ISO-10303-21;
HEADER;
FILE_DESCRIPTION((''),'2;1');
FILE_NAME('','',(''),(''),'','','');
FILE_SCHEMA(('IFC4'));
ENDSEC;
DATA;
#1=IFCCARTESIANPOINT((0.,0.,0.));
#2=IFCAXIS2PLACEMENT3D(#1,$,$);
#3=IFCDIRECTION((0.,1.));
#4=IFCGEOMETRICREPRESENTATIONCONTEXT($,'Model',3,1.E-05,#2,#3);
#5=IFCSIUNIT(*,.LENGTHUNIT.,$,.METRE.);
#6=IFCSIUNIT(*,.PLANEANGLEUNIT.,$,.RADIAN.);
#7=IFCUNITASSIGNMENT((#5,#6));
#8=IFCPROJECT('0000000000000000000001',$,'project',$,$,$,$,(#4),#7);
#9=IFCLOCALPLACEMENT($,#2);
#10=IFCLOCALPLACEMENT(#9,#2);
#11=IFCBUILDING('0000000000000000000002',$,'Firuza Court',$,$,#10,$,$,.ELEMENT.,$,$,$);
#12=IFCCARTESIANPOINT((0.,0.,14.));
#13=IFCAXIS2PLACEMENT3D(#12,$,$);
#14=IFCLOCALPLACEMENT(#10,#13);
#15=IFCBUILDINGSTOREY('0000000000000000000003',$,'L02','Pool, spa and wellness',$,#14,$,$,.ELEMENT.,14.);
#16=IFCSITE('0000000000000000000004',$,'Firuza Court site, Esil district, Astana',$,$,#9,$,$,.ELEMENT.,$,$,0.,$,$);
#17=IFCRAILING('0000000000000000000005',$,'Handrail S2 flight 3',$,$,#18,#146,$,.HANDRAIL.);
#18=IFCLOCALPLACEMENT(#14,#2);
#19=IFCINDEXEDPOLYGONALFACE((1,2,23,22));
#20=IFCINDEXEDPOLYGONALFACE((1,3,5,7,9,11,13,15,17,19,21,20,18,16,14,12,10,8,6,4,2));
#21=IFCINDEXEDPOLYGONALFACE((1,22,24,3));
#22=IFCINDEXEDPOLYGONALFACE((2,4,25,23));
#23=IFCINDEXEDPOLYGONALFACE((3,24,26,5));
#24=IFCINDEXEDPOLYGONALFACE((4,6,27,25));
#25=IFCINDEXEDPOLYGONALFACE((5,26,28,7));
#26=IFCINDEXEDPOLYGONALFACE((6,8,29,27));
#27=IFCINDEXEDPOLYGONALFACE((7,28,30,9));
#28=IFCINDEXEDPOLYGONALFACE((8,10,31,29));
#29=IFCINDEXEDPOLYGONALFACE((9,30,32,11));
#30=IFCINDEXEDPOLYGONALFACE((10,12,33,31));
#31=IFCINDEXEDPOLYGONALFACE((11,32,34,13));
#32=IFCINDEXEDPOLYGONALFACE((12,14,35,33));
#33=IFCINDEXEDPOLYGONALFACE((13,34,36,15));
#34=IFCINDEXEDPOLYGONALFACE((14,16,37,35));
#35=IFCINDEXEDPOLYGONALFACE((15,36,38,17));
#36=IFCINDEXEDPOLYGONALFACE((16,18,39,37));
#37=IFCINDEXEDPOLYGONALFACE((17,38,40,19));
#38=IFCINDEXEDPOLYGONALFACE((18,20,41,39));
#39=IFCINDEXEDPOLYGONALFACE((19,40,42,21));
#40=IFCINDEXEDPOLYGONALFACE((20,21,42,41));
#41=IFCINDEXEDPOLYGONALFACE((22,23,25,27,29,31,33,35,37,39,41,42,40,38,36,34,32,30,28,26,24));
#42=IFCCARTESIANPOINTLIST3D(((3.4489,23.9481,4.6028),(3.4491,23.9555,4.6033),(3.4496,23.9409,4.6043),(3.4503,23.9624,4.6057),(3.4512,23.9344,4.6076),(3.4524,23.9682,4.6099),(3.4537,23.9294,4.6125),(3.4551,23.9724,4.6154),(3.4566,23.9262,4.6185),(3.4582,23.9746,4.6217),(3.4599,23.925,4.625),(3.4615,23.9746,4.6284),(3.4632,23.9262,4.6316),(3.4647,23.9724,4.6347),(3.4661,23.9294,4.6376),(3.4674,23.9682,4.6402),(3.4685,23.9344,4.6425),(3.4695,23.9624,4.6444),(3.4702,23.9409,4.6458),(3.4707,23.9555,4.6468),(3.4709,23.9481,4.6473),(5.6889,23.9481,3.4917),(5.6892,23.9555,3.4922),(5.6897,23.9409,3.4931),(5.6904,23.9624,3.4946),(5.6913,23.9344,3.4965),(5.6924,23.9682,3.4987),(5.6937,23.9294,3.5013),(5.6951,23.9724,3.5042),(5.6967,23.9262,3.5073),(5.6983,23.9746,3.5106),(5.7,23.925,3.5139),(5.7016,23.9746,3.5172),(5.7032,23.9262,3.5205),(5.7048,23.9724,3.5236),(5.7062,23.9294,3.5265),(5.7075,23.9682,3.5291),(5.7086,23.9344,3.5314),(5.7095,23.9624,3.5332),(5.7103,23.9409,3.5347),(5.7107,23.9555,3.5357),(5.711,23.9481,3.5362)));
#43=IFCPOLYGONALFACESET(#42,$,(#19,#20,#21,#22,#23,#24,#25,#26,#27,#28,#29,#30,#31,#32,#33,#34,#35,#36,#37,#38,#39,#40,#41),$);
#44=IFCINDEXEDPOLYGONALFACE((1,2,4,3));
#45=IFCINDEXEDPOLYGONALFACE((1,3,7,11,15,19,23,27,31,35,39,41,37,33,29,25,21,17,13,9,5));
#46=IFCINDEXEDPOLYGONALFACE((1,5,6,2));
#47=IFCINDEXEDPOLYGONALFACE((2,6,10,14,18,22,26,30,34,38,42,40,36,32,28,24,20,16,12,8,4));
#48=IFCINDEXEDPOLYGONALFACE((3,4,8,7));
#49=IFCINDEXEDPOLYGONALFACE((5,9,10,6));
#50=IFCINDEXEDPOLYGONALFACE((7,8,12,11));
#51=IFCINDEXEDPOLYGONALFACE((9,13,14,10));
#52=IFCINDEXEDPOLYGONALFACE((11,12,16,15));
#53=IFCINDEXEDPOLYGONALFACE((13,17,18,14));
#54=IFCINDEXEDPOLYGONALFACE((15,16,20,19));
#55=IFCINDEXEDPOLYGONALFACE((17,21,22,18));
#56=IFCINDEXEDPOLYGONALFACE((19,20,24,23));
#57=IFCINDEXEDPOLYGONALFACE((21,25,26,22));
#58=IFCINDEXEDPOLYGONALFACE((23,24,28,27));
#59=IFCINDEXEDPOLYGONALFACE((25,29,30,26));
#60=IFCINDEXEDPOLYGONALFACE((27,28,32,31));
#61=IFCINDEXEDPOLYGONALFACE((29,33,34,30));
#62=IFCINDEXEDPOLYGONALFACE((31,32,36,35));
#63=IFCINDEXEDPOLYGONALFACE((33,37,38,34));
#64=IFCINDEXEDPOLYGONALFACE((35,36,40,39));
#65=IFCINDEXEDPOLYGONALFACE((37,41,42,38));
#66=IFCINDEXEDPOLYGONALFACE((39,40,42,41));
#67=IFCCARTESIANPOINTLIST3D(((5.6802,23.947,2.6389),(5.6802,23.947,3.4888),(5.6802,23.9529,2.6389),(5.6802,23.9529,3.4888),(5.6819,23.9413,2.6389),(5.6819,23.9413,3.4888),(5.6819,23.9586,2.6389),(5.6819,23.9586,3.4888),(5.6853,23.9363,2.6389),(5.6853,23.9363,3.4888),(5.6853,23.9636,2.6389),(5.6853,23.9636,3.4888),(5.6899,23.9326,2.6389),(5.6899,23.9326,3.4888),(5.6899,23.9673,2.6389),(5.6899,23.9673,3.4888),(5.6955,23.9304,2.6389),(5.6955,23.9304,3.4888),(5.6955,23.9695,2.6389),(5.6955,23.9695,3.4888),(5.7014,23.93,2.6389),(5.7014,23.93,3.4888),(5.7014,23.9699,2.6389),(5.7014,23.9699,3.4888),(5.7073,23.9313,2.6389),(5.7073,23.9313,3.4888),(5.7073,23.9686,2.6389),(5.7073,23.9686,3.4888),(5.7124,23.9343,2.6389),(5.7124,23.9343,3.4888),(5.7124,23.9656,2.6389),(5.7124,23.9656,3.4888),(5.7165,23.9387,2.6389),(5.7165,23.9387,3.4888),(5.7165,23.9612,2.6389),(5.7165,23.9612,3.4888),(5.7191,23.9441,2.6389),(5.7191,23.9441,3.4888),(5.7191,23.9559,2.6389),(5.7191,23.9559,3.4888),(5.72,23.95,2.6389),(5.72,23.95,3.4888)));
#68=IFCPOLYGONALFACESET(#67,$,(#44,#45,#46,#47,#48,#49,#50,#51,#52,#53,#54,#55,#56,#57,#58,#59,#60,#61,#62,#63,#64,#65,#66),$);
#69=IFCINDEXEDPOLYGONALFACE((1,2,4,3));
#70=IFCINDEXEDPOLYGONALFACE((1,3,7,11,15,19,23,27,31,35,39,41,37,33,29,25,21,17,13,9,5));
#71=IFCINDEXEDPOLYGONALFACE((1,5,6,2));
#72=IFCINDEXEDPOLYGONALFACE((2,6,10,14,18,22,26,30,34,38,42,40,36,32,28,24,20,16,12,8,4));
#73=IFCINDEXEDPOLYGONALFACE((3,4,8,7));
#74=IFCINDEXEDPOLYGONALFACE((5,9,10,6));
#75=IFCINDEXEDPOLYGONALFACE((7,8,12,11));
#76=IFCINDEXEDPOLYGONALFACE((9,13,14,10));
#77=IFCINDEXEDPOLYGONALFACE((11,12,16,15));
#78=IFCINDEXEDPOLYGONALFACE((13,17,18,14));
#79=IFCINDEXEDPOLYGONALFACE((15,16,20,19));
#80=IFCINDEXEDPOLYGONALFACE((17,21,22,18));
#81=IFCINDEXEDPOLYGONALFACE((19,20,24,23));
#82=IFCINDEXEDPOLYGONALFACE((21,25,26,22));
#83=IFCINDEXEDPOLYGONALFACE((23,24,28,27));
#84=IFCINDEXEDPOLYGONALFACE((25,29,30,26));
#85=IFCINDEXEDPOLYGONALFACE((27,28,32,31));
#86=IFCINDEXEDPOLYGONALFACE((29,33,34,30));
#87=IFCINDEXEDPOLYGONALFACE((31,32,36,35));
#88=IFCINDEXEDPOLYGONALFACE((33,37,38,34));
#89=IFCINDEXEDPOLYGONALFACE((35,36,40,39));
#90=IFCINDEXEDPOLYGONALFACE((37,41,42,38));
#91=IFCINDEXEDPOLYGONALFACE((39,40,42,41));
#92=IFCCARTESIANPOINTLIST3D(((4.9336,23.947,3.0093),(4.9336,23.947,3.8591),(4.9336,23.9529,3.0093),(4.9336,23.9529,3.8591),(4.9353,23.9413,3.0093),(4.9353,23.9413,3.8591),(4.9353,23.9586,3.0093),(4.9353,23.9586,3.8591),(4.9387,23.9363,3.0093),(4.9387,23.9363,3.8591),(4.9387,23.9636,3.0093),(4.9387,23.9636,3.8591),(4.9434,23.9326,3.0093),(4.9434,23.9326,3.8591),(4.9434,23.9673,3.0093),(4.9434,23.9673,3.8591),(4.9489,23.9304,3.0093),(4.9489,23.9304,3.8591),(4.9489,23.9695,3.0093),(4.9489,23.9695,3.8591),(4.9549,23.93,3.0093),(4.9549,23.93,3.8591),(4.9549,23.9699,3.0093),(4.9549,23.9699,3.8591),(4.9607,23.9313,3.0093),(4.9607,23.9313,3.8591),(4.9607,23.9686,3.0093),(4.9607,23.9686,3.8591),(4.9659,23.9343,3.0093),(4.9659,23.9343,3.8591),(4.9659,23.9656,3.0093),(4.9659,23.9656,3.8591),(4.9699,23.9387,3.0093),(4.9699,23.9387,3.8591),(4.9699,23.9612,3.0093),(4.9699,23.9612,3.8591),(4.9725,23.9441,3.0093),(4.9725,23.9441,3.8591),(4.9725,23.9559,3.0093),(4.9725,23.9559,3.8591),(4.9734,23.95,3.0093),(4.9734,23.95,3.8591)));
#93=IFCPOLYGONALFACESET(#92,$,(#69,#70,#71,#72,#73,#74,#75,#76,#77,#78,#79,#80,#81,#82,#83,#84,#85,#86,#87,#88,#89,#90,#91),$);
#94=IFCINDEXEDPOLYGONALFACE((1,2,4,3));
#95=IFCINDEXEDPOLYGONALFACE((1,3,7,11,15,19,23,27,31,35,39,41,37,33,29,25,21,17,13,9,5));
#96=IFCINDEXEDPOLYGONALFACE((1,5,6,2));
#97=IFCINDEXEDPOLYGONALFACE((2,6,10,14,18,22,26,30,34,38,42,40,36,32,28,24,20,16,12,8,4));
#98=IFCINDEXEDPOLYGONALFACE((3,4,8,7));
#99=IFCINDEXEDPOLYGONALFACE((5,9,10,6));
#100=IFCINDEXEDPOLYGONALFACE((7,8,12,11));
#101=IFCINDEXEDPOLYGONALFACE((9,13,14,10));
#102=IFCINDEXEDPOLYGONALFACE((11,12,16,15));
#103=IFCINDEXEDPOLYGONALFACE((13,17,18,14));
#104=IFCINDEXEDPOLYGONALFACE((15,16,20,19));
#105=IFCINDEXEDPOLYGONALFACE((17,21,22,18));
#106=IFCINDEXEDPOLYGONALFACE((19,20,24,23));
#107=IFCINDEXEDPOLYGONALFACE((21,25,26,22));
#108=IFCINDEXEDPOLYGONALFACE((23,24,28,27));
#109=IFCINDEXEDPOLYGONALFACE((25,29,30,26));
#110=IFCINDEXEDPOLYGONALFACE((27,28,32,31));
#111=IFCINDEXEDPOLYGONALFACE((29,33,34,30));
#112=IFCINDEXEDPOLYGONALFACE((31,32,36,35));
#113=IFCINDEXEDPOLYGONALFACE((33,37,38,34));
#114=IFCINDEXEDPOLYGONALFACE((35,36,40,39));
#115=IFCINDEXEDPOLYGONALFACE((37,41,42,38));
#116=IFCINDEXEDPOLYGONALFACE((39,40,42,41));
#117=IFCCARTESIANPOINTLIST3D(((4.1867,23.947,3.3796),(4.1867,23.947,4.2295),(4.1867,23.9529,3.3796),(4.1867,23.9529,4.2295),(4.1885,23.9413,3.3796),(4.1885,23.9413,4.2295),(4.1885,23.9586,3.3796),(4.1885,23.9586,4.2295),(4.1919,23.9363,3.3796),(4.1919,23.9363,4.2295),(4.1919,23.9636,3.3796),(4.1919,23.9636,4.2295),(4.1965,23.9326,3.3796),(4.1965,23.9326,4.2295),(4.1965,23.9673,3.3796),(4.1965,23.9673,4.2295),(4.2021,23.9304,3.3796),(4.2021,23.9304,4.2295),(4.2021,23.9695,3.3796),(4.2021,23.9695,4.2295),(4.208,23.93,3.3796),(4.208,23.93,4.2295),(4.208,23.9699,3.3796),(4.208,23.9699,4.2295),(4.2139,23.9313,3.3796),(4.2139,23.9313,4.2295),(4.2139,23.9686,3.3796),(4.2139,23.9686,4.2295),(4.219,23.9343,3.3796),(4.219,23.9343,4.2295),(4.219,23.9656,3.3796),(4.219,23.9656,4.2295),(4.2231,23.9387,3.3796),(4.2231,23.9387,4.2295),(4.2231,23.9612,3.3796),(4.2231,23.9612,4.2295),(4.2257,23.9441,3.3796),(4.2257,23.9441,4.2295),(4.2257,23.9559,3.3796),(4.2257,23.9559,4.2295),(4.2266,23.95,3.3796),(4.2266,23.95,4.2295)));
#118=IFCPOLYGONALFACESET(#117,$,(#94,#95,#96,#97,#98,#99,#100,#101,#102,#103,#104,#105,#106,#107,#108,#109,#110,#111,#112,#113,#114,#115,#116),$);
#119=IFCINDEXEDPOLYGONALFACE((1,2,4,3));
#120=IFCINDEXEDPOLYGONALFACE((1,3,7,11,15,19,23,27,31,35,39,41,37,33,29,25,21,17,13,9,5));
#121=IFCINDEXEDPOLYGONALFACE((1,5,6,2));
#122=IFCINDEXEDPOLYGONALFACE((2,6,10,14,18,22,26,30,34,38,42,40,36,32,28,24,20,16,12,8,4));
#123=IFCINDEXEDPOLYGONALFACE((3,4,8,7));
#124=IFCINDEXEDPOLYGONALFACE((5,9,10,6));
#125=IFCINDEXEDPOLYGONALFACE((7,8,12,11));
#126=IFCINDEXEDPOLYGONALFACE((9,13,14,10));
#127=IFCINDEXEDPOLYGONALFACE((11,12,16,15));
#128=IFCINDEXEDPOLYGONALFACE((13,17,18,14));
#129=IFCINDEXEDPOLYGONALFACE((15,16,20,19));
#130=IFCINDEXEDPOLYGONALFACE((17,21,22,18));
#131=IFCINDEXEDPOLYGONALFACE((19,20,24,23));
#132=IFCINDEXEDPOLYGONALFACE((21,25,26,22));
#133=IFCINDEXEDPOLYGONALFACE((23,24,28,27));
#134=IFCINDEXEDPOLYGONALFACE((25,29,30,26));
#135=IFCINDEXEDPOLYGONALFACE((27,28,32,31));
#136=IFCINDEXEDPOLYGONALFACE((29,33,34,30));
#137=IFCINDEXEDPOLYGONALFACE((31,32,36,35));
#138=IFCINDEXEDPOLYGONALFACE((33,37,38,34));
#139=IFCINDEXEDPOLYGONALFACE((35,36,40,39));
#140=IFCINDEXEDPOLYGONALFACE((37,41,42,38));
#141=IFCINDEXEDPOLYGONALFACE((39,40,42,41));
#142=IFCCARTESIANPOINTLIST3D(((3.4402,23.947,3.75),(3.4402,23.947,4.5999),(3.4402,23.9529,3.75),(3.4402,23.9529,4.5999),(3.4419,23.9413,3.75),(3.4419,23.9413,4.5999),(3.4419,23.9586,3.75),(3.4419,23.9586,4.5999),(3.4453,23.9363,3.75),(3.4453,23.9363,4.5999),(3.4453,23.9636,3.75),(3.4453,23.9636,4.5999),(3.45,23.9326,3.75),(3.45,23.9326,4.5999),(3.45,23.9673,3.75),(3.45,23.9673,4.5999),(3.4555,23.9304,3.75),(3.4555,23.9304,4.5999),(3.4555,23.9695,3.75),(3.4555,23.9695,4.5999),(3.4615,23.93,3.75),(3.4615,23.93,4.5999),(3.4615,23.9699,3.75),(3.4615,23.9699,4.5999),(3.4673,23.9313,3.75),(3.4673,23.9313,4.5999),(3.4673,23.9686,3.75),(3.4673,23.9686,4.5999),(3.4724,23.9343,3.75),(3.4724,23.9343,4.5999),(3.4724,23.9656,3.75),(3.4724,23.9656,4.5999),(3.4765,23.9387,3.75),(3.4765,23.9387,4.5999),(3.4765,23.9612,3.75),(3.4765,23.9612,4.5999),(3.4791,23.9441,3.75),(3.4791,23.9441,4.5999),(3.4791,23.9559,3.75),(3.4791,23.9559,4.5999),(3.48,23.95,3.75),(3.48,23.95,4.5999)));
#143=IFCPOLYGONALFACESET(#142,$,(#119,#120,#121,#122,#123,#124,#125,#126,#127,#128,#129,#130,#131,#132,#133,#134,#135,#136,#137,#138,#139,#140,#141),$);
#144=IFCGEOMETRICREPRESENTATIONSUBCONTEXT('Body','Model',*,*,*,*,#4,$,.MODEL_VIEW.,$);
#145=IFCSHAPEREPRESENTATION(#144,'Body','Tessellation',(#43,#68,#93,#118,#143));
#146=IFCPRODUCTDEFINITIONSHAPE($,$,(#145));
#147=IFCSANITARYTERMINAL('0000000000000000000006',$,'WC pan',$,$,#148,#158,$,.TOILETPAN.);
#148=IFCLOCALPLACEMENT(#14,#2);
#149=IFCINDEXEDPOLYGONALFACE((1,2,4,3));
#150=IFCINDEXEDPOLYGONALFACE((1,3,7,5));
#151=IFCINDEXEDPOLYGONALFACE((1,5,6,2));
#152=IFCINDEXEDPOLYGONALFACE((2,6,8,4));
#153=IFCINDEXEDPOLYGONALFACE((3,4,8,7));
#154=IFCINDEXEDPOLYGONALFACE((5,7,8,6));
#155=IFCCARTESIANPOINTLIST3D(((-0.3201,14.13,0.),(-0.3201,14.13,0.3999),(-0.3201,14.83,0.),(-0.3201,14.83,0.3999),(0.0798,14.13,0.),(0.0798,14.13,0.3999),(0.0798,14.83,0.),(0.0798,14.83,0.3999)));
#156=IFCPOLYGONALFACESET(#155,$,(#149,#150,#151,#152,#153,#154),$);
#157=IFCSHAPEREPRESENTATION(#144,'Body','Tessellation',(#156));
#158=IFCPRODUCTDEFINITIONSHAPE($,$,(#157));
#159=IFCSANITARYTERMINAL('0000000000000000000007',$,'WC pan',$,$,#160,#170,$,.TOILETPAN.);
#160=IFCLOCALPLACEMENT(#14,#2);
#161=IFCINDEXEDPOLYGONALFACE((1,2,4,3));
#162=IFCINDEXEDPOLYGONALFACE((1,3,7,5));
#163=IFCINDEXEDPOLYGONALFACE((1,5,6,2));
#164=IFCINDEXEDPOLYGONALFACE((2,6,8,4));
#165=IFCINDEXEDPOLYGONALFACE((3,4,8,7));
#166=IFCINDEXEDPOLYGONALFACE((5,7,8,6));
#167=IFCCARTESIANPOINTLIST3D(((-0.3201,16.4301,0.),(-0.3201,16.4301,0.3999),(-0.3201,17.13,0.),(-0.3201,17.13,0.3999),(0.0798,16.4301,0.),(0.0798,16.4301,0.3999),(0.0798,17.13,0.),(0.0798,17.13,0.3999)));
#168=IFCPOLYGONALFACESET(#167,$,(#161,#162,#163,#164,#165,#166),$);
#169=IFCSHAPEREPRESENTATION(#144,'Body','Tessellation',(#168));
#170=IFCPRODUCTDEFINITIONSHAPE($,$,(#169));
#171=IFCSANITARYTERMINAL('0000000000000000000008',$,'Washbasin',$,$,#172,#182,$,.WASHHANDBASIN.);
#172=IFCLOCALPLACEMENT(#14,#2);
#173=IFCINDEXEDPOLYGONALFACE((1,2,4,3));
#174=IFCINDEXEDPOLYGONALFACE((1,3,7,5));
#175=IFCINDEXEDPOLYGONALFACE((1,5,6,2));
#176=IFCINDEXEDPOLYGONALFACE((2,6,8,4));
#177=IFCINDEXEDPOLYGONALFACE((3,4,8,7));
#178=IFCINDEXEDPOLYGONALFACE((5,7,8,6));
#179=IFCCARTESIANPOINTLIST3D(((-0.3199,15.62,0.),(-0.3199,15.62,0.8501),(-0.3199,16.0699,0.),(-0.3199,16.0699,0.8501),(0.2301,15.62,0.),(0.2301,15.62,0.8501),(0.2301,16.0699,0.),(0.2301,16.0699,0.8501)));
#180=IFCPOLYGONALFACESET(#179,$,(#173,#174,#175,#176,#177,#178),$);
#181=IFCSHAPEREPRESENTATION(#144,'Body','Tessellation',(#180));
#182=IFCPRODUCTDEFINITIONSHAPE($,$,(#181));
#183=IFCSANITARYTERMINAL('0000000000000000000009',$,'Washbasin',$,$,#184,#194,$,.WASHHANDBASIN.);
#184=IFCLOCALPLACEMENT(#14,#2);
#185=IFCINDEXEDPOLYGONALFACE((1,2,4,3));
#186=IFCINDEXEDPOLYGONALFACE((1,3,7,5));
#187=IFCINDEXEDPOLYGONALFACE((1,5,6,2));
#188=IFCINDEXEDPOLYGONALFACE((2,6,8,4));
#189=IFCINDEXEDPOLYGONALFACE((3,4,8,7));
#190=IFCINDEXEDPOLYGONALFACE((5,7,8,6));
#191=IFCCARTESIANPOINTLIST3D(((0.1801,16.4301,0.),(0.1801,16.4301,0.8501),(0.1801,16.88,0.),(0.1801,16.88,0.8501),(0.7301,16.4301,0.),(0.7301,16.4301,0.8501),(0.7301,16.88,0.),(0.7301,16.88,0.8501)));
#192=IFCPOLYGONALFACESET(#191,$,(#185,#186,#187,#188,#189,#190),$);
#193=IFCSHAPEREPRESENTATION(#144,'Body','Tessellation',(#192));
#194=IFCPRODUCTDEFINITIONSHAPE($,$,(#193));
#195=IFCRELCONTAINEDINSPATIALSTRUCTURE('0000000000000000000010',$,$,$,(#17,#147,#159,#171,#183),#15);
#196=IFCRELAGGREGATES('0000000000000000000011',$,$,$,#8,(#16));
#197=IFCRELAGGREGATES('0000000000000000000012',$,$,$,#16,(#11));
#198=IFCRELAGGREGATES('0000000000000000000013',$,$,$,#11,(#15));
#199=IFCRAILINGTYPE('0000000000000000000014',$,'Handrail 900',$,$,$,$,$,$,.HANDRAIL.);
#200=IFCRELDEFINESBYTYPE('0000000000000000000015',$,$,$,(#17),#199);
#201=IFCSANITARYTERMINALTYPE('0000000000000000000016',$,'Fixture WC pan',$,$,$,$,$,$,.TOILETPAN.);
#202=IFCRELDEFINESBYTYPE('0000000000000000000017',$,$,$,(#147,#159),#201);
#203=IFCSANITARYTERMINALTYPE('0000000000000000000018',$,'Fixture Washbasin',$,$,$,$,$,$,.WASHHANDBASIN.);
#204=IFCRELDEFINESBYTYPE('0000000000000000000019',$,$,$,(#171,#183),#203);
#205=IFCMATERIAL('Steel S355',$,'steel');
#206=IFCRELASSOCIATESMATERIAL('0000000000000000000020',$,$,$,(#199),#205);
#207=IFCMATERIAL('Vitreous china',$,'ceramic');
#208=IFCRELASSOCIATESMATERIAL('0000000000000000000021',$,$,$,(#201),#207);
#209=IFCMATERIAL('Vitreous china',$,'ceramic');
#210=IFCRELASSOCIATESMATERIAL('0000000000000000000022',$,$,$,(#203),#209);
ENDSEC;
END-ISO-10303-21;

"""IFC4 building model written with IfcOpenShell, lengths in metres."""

from ifc_helpers import new_model, si_unit, direction, frame, origin, origin_2d, place, context, subcontext, project, spatial, rectangle, circle, extrude, material, type_object, element, save


model = new_model("IFC4")

# Units and contexts
model_context = context("Model", 3, precision=1e-05, world=origin(), true_north=direction((0.0, 1.0)))
body_context = subcontext(model_context, "Body", "Model", "MODEL_VIEW")
ifc_project = project(units=[si_unit("LENGTHUNIT", "METRE"), si_unit("PLANEANGLEUNIT", "RADIAN")], contexts=[model_context])

# Site, building, storey
site_placement = place(None, origin())
site = spatial("IfcSite", under=ifc_project, at=site_placement, Name="Firuza Court site, Esil district, Astana", CompositionType="ELEMENT", RefElevation=0.0)
building_placement = place(site_placement, origin())
building = spatial("IfcBuilding", under=site, at=building_placement, Name="Firuza Court", CompositionType="ELEMENT")
storey_placement = place(building_placement, frame((0.0, 0.0, 14.0)))
storey = spatial("IfcBuildingStorey", under=building, at=storey_placement, Name="L02", Description="Pool, spa and wellness", CompositionType="ELEMENT", Elevation=14.0)

# Railing
ifc_material_1 = material(Name="Steel S355", Category="steel")
railing_type = type_object("IfcRailingType", Name="Handrail 900", PredefinedType="HANDRAIL", material=ifc_material_1)
for number, where, name in (
    (1, (5.7, 23.95, 2.6389), "Handrail S2 flight 3"),
):
    element("IfcRailing", number, at=place(storey_placement, frame(where)), inside=storey, type_object=railing_type, Name=name, PredefinedType="HANDRAIL", context=body_context, shape_type="SweptSolid", body=[
        extrude(circle(Radius=0.0249, at=origin_2d()), frame((0.0, 0.0, 0.875), z_axis=(-0.895848, 0.0, 0.44436), x_axis=(0.0, -1.0, 0.0)), (0.0, 0.0, 1.0), 2.5005),
        extrude(circle(Radius=0.02, at=origin_2d()), origin(), (0.0, 0.0, 1.0), 0.8499),
        extrude(circle(Radius=0.02, at=origin_2d()), frame((-0.7466, 0.0, 0.3704)), (0.0, 0.0, 1.0), 0.8499),
        extrude(circle(Radius=0.02, at=origin_2d()), frame((-1.4934, 0.0, 0.7407)), (0.0, 0.0, 1.0), 0.8499),
        extrude(circle(Radius=0.02, at=origin_2d()), frame((-2.24, 0.0, 1.1111)), (0.0, 0.0, 1.0), 0.8499),
    ])

# Sanitary terminals
ifc_material_2 = material(Name="Vitreous china", Category="ceramic")
sanitary_terminal_type_1 = type_object("IfcSanitaryTerminalType", Name="Fixture WC pan", PredefinedType="TOILETPAN", material=ifc_material_2)
for number, where, z_axis, x_axis, name in (
    (2, (-0.1201, 14.48, 0.0), (0.0, 0.0, 1.0), (1.0, 0.0, 0.0), "WC pan"),
    (3, (-0.1201, 16.78, 0.0), (0.0, 0.0, 1.0), (1.0, 0.0, 0.0), "WC pan"),
):
    element("IfcSanitaryTerminal", number, at=place(storey_placement, frame(where, z_axis=z_axis, x_axis=x_axis)), inside=storey, type_object=sanitary_terminal_type_1, Name=name, PredefinedType="TOILETPAN", context=body_context, shape_type="SweptSolid", body=[
        extrude(rectangle(XDim=0.3999, YDim=0.7, at=origin_2d()), origin(), (0.0, 0.0, 1.0), 0.3999),
    ])
ifc_material_3 = material(Name="Vitreous china", Category="ceramic")
sanitary_terminal_type_2 = type_object("IfcSanitaryTerminalType", Name="Fixture Washbasin", PredefinedType="WASHHANDBASIN", material=ifc_material_3)
for number, where, z_axis, x_axis, name in (
    (4, (-0.0449, 15.845, 0.0), (0.0, 0.0, 1.0), (1.0, 0.0, 0.0), "Washbasin"),
    (5, (0.4551, 16.655, 0.0), (0.0, 0.0, 1.0), (1.0, 0.0, 0.0), "Washbasin"),
):
    element("IfcSanitaryTerminal", number, at=place(storey_placement, frame(where, z_axis=z_axis, x_axis=x_axis)), inside=storey, type_object=sanitary_terminal_type_2, Name=name, PredefinedType="WASHHANDBASIN", context=body_context, shape_type="SweptSolid", body=[
        extrude(rectangle(XDim=0.55, YDim=0.45, at=origin_2d()), origin(), (0.0, 0.0, 1.0), 0.8501),
    ])

save(model, "model.ifc")
